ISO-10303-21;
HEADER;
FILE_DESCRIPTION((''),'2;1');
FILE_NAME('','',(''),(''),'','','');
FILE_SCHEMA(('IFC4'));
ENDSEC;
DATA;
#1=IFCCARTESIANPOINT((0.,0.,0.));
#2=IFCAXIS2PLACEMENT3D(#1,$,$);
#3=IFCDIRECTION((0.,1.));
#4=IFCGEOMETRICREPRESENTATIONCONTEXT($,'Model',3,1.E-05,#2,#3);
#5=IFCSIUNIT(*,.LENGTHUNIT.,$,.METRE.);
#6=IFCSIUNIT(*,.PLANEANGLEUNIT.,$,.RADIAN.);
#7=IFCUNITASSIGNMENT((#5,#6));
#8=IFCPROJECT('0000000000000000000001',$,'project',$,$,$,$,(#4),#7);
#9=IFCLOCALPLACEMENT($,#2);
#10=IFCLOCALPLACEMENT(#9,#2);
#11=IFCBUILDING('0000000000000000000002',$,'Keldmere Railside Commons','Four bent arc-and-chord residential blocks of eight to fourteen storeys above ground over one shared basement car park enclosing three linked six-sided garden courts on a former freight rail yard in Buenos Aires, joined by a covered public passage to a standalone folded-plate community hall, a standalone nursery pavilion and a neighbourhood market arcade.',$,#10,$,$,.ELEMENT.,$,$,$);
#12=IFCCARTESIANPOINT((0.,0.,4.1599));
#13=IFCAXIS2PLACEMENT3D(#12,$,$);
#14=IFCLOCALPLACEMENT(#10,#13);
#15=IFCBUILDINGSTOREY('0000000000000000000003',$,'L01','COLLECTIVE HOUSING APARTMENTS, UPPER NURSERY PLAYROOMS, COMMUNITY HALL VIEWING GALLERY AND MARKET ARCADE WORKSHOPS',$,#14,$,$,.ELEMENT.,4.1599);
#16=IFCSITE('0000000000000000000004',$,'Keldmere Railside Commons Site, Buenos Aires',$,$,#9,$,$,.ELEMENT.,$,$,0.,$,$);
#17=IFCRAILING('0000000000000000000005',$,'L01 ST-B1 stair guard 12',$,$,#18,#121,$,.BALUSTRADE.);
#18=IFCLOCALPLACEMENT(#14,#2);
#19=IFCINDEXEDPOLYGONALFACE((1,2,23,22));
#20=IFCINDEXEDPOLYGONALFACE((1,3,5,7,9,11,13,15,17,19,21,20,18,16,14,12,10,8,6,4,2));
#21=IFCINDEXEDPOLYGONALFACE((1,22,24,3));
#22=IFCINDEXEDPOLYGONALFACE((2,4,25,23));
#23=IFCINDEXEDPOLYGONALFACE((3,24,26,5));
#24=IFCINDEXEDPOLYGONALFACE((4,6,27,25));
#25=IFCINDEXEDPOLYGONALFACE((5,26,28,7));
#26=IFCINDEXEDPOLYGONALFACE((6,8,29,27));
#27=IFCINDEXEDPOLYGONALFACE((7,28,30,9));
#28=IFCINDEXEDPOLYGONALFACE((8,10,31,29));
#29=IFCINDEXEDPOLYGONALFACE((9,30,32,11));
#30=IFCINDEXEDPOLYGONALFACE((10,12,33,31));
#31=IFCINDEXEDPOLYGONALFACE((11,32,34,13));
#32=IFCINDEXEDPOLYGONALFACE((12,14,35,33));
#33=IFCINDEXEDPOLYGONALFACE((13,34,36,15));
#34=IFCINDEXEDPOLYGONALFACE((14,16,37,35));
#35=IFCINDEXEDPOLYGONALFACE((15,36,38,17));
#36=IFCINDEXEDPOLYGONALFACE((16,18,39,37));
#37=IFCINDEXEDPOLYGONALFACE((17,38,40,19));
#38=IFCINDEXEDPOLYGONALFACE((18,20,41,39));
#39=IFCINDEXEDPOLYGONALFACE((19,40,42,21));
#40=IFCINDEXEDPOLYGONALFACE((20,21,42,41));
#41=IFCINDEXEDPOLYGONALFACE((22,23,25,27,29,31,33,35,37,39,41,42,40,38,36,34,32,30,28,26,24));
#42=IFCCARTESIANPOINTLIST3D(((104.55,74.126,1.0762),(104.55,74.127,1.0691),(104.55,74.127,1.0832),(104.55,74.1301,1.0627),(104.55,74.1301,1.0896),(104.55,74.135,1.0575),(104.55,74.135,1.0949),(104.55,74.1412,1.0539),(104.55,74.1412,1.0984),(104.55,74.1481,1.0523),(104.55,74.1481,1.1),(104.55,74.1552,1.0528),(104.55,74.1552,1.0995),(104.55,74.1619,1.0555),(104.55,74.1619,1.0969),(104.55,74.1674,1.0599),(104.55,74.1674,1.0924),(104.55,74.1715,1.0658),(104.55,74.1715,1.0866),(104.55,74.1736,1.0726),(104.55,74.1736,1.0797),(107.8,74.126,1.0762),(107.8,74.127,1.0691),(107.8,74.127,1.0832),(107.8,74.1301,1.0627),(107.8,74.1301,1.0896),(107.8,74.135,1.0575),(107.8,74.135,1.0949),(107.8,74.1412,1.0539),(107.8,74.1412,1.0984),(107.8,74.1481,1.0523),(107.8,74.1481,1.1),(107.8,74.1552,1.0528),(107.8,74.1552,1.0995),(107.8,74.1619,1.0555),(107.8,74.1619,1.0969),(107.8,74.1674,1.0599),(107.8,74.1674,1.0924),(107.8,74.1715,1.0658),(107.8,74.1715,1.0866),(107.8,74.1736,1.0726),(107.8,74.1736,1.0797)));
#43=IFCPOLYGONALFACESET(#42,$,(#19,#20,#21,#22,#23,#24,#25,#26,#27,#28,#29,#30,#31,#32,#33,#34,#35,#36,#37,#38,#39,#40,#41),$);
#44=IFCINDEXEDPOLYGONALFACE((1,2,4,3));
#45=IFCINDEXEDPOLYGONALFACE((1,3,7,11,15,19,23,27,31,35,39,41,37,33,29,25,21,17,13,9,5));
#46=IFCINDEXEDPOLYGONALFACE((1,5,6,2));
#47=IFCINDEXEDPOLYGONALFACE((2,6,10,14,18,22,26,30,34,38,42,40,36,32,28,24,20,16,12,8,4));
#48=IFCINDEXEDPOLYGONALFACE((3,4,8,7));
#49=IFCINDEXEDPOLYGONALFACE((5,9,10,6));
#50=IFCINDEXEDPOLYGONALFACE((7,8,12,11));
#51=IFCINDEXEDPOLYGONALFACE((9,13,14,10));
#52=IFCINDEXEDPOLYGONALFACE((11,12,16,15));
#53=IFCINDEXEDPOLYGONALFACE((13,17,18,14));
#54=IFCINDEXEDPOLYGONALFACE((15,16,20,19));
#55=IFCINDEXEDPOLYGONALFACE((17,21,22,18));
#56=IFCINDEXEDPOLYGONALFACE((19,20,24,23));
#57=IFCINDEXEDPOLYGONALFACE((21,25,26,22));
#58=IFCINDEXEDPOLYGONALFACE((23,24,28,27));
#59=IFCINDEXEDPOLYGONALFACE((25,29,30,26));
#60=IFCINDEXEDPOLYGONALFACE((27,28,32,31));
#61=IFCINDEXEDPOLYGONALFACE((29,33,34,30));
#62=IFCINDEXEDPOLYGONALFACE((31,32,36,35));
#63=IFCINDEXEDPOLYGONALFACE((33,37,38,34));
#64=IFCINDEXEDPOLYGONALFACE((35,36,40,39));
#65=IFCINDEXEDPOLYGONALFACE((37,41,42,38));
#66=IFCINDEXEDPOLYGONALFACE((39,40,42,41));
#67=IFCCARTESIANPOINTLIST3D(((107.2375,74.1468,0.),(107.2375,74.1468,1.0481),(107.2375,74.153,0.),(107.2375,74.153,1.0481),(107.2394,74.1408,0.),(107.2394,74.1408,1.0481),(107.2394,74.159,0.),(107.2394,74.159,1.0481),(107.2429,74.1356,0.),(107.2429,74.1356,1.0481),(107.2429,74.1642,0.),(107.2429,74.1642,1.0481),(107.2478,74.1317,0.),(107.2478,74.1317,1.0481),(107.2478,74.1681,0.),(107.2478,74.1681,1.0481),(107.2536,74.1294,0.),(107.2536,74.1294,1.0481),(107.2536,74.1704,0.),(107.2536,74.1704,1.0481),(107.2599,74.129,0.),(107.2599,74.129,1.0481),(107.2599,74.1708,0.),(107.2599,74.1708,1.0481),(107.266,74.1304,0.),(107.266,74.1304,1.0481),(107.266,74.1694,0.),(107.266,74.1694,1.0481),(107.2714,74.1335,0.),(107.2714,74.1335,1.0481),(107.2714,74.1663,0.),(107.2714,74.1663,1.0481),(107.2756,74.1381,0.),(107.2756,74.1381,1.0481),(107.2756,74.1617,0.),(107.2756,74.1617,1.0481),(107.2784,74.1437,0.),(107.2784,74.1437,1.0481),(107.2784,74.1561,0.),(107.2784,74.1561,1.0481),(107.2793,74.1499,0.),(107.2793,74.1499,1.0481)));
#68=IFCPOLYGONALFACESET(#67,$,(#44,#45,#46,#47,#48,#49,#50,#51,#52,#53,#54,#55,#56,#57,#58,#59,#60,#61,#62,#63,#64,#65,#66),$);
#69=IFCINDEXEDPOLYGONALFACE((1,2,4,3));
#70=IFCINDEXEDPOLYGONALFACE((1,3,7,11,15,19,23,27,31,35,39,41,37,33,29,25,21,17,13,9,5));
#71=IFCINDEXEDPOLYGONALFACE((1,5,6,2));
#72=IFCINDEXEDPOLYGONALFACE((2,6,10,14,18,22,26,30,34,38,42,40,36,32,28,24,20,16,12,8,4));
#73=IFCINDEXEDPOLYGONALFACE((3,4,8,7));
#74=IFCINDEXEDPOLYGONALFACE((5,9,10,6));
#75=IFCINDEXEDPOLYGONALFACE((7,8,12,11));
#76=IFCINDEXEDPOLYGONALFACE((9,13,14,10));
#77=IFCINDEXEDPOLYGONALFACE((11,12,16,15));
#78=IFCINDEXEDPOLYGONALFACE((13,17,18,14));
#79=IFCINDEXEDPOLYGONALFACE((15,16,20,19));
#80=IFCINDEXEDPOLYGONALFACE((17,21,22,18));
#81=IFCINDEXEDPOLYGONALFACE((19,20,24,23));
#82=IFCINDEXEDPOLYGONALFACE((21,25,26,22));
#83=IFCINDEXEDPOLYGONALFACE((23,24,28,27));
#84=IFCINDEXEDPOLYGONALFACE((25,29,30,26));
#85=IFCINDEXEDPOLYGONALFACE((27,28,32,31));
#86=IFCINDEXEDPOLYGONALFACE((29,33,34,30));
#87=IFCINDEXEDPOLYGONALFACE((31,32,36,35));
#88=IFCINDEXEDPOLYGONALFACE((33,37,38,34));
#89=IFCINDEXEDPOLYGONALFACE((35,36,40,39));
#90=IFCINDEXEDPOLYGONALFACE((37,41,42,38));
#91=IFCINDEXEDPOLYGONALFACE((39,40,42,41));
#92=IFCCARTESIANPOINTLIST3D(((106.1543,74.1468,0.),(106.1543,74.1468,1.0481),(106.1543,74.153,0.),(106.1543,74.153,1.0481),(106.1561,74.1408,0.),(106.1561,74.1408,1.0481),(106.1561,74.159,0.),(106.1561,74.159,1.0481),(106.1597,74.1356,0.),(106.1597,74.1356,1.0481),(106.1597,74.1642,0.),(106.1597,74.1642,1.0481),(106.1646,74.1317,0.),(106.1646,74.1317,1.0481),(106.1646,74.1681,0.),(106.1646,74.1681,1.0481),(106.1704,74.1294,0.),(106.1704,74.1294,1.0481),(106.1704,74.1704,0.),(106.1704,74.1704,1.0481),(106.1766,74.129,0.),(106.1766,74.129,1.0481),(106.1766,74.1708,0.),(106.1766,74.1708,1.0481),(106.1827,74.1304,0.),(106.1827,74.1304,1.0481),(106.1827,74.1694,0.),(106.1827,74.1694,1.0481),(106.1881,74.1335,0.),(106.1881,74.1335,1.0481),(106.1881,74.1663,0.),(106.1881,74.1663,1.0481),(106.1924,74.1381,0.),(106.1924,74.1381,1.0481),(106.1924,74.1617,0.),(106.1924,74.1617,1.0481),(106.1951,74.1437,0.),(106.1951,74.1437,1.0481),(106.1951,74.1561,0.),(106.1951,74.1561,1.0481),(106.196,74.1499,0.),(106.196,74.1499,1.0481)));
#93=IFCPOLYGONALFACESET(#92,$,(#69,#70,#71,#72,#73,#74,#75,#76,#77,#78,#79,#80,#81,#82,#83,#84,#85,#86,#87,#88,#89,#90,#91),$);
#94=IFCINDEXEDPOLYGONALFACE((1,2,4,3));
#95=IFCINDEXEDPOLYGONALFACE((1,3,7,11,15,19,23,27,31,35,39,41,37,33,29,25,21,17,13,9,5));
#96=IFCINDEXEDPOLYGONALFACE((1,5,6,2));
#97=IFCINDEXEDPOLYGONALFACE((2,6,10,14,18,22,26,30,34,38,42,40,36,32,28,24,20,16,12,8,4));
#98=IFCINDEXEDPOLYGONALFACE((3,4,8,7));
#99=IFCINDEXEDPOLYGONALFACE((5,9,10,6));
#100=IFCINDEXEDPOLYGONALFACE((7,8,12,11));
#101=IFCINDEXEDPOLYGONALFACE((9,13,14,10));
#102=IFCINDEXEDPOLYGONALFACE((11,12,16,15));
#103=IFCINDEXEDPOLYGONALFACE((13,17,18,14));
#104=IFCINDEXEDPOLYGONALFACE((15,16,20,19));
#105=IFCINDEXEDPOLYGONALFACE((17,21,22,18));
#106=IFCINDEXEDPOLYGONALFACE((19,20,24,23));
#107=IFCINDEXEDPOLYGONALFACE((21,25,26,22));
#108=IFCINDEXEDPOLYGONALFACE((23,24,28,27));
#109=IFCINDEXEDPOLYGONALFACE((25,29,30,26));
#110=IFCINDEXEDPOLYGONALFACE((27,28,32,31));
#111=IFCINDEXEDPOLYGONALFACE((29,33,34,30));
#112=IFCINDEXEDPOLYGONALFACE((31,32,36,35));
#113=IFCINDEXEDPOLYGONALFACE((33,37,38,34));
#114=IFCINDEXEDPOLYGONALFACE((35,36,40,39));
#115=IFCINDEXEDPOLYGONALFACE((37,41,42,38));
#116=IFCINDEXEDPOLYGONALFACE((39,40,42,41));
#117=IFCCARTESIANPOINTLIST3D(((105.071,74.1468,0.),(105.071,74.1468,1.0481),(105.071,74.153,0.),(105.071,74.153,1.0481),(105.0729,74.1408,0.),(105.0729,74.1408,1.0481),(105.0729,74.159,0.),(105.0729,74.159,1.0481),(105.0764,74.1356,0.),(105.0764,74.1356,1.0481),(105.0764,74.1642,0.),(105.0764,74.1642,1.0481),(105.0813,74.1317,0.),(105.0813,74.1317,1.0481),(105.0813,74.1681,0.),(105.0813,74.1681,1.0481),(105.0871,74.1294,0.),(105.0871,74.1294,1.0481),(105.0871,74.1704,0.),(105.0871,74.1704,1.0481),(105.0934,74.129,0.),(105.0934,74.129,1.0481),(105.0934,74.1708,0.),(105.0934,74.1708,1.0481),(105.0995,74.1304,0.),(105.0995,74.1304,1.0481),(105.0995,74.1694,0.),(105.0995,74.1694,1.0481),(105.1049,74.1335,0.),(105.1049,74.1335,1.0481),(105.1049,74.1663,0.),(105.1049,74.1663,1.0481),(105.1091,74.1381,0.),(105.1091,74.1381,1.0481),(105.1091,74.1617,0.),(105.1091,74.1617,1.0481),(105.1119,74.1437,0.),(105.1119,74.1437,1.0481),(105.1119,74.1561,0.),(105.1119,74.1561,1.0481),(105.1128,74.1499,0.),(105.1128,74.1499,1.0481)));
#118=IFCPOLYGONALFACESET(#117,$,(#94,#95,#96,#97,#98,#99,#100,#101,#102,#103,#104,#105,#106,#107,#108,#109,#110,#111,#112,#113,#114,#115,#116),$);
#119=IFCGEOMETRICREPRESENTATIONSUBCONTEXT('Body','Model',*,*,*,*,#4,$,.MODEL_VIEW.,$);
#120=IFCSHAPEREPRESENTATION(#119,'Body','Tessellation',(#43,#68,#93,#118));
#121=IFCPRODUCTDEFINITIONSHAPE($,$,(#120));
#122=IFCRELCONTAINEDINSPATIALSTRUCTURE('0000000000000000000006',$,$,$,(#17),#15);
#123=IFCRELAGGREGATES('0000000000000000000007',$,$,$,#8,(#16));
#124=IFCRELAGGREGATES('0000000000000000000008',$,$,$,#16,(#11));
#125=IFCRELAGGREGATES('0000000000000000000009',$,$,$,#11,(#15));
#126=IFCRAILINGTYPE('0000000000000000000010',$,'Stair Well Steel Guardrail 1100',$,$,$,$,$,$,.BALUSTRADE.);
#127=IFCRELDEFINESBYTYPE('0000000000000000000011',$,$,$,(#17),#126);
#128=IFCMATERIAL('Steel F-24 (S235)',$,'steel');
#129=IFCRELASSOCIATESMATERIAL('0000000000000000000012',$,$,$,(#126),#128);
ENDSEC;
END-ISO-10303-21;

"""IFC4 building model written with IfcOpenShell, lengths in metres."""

from ifc_helpers import new_model, si_unit, direction, frame, origin, origin_2d, place, context, subcontext, project, spatial, circle, extrude, material, type_object, element, save


model = new_model("IFC4")

# Units and contexts
model_context = context("Model", 3, precision=1e-05, world=origin(), true_north=direction((0.0, 1.0)))
body_context = subcontext(model_context, "Body", "Model", "MODEL_VIEW")
ifc_project = project(units=[si_unit("LENGTHUNIT", "METRE"), si_unit("PLANEANGLEUNIT", "RADIAN")], contexts=[model_context])

# Site, building, storey
site_placement = place(None, origin())
site = spatial("IfcSite", under=ifc_project, at=site_placement, Name="Keldmere Railside Commons Site, Buenos Aires", CompositionType="ELEMENT", RefElevation=0.0)
building_placement = place(site_placement, origin())
building = spatial("IfcBuilding", under=site, at=building_placement, Name="Keldmere Railside Commons", Description="Four bent arc-and-chord residential blocks of eight to fourteen storeys above ground over one shared basement car park enclosing three linked six-sided garden courts on a former freight rail yard in Buenos Aires, joined by a covered public passage to a standalone folded-plate community hall, a standalone nursery pavilion and a neighbourhood market arcade.", CompositionType="ELEMENT")
storey_placement = place(building_placement, frame((0.0, 0.0, 4.1599)))
storey = spatial("IfcBuildingStorey", under=building, at=storey_placement, Name="L01", Description="COLLECTIVE HOUSING APARTMENTS, UPPER NURSERY PLAYROOMS, COMMUNITY HALL VIEWING GALLERY AND MARKET ARCADE WORKSHOPS", CompositionType="ELEMENT", Elevation=4.1599)

# Shared definitions
ifc_material_1 = material(Name="Steel F-24 (S235)", Category="steel")

# Railing
railing_type_1 = type_object("IfcRailingType", Name="Stair Well Steel Guardrail 1100", PredefinedType="BALUSTRADE", material=ifc_material_1)
railing_1_placement = place(storey_placement, frame((107.8, 74.1499, 0.0)))
element("IfcRailing", 1, at=railing_1_placement, inside=storey, type_object=railing_type_1, Name="L01 ST-B1 stair guard 12", PredefinedType="BALUSTRADE", context=body_context, shape_type="SweptSolid", body=[
    extrude(circle(Radius=0.0239, at=origin_2d()), frame((0.0, 0.0, 1.0762), z_axis=(-1.0, 0.0, 0.0), x_axis=(0.0, -1.0, 0.0)), (0.0, 0.0, 1.0), 3.25),
    extrude(circle(Radius=0.021, at=origin_2d()), frame((-0.5417, 0.0, 0.0)), (0.0, 0.0, 1.0), 1.0481),
    extrude(circle(Radius=0.021, at=origin_2d()), frame((-1.625, 0.0, 0.0)), (0.0, 0.0, 1.0), 1.0481),
    extrude(circle(Radius=0.021, at=origin_2d()), frame((-2.7083, 0.0, 0.0)), (0.0, 0.0, 1.0), 1.0481),
])

save(model, "model.ifc")
